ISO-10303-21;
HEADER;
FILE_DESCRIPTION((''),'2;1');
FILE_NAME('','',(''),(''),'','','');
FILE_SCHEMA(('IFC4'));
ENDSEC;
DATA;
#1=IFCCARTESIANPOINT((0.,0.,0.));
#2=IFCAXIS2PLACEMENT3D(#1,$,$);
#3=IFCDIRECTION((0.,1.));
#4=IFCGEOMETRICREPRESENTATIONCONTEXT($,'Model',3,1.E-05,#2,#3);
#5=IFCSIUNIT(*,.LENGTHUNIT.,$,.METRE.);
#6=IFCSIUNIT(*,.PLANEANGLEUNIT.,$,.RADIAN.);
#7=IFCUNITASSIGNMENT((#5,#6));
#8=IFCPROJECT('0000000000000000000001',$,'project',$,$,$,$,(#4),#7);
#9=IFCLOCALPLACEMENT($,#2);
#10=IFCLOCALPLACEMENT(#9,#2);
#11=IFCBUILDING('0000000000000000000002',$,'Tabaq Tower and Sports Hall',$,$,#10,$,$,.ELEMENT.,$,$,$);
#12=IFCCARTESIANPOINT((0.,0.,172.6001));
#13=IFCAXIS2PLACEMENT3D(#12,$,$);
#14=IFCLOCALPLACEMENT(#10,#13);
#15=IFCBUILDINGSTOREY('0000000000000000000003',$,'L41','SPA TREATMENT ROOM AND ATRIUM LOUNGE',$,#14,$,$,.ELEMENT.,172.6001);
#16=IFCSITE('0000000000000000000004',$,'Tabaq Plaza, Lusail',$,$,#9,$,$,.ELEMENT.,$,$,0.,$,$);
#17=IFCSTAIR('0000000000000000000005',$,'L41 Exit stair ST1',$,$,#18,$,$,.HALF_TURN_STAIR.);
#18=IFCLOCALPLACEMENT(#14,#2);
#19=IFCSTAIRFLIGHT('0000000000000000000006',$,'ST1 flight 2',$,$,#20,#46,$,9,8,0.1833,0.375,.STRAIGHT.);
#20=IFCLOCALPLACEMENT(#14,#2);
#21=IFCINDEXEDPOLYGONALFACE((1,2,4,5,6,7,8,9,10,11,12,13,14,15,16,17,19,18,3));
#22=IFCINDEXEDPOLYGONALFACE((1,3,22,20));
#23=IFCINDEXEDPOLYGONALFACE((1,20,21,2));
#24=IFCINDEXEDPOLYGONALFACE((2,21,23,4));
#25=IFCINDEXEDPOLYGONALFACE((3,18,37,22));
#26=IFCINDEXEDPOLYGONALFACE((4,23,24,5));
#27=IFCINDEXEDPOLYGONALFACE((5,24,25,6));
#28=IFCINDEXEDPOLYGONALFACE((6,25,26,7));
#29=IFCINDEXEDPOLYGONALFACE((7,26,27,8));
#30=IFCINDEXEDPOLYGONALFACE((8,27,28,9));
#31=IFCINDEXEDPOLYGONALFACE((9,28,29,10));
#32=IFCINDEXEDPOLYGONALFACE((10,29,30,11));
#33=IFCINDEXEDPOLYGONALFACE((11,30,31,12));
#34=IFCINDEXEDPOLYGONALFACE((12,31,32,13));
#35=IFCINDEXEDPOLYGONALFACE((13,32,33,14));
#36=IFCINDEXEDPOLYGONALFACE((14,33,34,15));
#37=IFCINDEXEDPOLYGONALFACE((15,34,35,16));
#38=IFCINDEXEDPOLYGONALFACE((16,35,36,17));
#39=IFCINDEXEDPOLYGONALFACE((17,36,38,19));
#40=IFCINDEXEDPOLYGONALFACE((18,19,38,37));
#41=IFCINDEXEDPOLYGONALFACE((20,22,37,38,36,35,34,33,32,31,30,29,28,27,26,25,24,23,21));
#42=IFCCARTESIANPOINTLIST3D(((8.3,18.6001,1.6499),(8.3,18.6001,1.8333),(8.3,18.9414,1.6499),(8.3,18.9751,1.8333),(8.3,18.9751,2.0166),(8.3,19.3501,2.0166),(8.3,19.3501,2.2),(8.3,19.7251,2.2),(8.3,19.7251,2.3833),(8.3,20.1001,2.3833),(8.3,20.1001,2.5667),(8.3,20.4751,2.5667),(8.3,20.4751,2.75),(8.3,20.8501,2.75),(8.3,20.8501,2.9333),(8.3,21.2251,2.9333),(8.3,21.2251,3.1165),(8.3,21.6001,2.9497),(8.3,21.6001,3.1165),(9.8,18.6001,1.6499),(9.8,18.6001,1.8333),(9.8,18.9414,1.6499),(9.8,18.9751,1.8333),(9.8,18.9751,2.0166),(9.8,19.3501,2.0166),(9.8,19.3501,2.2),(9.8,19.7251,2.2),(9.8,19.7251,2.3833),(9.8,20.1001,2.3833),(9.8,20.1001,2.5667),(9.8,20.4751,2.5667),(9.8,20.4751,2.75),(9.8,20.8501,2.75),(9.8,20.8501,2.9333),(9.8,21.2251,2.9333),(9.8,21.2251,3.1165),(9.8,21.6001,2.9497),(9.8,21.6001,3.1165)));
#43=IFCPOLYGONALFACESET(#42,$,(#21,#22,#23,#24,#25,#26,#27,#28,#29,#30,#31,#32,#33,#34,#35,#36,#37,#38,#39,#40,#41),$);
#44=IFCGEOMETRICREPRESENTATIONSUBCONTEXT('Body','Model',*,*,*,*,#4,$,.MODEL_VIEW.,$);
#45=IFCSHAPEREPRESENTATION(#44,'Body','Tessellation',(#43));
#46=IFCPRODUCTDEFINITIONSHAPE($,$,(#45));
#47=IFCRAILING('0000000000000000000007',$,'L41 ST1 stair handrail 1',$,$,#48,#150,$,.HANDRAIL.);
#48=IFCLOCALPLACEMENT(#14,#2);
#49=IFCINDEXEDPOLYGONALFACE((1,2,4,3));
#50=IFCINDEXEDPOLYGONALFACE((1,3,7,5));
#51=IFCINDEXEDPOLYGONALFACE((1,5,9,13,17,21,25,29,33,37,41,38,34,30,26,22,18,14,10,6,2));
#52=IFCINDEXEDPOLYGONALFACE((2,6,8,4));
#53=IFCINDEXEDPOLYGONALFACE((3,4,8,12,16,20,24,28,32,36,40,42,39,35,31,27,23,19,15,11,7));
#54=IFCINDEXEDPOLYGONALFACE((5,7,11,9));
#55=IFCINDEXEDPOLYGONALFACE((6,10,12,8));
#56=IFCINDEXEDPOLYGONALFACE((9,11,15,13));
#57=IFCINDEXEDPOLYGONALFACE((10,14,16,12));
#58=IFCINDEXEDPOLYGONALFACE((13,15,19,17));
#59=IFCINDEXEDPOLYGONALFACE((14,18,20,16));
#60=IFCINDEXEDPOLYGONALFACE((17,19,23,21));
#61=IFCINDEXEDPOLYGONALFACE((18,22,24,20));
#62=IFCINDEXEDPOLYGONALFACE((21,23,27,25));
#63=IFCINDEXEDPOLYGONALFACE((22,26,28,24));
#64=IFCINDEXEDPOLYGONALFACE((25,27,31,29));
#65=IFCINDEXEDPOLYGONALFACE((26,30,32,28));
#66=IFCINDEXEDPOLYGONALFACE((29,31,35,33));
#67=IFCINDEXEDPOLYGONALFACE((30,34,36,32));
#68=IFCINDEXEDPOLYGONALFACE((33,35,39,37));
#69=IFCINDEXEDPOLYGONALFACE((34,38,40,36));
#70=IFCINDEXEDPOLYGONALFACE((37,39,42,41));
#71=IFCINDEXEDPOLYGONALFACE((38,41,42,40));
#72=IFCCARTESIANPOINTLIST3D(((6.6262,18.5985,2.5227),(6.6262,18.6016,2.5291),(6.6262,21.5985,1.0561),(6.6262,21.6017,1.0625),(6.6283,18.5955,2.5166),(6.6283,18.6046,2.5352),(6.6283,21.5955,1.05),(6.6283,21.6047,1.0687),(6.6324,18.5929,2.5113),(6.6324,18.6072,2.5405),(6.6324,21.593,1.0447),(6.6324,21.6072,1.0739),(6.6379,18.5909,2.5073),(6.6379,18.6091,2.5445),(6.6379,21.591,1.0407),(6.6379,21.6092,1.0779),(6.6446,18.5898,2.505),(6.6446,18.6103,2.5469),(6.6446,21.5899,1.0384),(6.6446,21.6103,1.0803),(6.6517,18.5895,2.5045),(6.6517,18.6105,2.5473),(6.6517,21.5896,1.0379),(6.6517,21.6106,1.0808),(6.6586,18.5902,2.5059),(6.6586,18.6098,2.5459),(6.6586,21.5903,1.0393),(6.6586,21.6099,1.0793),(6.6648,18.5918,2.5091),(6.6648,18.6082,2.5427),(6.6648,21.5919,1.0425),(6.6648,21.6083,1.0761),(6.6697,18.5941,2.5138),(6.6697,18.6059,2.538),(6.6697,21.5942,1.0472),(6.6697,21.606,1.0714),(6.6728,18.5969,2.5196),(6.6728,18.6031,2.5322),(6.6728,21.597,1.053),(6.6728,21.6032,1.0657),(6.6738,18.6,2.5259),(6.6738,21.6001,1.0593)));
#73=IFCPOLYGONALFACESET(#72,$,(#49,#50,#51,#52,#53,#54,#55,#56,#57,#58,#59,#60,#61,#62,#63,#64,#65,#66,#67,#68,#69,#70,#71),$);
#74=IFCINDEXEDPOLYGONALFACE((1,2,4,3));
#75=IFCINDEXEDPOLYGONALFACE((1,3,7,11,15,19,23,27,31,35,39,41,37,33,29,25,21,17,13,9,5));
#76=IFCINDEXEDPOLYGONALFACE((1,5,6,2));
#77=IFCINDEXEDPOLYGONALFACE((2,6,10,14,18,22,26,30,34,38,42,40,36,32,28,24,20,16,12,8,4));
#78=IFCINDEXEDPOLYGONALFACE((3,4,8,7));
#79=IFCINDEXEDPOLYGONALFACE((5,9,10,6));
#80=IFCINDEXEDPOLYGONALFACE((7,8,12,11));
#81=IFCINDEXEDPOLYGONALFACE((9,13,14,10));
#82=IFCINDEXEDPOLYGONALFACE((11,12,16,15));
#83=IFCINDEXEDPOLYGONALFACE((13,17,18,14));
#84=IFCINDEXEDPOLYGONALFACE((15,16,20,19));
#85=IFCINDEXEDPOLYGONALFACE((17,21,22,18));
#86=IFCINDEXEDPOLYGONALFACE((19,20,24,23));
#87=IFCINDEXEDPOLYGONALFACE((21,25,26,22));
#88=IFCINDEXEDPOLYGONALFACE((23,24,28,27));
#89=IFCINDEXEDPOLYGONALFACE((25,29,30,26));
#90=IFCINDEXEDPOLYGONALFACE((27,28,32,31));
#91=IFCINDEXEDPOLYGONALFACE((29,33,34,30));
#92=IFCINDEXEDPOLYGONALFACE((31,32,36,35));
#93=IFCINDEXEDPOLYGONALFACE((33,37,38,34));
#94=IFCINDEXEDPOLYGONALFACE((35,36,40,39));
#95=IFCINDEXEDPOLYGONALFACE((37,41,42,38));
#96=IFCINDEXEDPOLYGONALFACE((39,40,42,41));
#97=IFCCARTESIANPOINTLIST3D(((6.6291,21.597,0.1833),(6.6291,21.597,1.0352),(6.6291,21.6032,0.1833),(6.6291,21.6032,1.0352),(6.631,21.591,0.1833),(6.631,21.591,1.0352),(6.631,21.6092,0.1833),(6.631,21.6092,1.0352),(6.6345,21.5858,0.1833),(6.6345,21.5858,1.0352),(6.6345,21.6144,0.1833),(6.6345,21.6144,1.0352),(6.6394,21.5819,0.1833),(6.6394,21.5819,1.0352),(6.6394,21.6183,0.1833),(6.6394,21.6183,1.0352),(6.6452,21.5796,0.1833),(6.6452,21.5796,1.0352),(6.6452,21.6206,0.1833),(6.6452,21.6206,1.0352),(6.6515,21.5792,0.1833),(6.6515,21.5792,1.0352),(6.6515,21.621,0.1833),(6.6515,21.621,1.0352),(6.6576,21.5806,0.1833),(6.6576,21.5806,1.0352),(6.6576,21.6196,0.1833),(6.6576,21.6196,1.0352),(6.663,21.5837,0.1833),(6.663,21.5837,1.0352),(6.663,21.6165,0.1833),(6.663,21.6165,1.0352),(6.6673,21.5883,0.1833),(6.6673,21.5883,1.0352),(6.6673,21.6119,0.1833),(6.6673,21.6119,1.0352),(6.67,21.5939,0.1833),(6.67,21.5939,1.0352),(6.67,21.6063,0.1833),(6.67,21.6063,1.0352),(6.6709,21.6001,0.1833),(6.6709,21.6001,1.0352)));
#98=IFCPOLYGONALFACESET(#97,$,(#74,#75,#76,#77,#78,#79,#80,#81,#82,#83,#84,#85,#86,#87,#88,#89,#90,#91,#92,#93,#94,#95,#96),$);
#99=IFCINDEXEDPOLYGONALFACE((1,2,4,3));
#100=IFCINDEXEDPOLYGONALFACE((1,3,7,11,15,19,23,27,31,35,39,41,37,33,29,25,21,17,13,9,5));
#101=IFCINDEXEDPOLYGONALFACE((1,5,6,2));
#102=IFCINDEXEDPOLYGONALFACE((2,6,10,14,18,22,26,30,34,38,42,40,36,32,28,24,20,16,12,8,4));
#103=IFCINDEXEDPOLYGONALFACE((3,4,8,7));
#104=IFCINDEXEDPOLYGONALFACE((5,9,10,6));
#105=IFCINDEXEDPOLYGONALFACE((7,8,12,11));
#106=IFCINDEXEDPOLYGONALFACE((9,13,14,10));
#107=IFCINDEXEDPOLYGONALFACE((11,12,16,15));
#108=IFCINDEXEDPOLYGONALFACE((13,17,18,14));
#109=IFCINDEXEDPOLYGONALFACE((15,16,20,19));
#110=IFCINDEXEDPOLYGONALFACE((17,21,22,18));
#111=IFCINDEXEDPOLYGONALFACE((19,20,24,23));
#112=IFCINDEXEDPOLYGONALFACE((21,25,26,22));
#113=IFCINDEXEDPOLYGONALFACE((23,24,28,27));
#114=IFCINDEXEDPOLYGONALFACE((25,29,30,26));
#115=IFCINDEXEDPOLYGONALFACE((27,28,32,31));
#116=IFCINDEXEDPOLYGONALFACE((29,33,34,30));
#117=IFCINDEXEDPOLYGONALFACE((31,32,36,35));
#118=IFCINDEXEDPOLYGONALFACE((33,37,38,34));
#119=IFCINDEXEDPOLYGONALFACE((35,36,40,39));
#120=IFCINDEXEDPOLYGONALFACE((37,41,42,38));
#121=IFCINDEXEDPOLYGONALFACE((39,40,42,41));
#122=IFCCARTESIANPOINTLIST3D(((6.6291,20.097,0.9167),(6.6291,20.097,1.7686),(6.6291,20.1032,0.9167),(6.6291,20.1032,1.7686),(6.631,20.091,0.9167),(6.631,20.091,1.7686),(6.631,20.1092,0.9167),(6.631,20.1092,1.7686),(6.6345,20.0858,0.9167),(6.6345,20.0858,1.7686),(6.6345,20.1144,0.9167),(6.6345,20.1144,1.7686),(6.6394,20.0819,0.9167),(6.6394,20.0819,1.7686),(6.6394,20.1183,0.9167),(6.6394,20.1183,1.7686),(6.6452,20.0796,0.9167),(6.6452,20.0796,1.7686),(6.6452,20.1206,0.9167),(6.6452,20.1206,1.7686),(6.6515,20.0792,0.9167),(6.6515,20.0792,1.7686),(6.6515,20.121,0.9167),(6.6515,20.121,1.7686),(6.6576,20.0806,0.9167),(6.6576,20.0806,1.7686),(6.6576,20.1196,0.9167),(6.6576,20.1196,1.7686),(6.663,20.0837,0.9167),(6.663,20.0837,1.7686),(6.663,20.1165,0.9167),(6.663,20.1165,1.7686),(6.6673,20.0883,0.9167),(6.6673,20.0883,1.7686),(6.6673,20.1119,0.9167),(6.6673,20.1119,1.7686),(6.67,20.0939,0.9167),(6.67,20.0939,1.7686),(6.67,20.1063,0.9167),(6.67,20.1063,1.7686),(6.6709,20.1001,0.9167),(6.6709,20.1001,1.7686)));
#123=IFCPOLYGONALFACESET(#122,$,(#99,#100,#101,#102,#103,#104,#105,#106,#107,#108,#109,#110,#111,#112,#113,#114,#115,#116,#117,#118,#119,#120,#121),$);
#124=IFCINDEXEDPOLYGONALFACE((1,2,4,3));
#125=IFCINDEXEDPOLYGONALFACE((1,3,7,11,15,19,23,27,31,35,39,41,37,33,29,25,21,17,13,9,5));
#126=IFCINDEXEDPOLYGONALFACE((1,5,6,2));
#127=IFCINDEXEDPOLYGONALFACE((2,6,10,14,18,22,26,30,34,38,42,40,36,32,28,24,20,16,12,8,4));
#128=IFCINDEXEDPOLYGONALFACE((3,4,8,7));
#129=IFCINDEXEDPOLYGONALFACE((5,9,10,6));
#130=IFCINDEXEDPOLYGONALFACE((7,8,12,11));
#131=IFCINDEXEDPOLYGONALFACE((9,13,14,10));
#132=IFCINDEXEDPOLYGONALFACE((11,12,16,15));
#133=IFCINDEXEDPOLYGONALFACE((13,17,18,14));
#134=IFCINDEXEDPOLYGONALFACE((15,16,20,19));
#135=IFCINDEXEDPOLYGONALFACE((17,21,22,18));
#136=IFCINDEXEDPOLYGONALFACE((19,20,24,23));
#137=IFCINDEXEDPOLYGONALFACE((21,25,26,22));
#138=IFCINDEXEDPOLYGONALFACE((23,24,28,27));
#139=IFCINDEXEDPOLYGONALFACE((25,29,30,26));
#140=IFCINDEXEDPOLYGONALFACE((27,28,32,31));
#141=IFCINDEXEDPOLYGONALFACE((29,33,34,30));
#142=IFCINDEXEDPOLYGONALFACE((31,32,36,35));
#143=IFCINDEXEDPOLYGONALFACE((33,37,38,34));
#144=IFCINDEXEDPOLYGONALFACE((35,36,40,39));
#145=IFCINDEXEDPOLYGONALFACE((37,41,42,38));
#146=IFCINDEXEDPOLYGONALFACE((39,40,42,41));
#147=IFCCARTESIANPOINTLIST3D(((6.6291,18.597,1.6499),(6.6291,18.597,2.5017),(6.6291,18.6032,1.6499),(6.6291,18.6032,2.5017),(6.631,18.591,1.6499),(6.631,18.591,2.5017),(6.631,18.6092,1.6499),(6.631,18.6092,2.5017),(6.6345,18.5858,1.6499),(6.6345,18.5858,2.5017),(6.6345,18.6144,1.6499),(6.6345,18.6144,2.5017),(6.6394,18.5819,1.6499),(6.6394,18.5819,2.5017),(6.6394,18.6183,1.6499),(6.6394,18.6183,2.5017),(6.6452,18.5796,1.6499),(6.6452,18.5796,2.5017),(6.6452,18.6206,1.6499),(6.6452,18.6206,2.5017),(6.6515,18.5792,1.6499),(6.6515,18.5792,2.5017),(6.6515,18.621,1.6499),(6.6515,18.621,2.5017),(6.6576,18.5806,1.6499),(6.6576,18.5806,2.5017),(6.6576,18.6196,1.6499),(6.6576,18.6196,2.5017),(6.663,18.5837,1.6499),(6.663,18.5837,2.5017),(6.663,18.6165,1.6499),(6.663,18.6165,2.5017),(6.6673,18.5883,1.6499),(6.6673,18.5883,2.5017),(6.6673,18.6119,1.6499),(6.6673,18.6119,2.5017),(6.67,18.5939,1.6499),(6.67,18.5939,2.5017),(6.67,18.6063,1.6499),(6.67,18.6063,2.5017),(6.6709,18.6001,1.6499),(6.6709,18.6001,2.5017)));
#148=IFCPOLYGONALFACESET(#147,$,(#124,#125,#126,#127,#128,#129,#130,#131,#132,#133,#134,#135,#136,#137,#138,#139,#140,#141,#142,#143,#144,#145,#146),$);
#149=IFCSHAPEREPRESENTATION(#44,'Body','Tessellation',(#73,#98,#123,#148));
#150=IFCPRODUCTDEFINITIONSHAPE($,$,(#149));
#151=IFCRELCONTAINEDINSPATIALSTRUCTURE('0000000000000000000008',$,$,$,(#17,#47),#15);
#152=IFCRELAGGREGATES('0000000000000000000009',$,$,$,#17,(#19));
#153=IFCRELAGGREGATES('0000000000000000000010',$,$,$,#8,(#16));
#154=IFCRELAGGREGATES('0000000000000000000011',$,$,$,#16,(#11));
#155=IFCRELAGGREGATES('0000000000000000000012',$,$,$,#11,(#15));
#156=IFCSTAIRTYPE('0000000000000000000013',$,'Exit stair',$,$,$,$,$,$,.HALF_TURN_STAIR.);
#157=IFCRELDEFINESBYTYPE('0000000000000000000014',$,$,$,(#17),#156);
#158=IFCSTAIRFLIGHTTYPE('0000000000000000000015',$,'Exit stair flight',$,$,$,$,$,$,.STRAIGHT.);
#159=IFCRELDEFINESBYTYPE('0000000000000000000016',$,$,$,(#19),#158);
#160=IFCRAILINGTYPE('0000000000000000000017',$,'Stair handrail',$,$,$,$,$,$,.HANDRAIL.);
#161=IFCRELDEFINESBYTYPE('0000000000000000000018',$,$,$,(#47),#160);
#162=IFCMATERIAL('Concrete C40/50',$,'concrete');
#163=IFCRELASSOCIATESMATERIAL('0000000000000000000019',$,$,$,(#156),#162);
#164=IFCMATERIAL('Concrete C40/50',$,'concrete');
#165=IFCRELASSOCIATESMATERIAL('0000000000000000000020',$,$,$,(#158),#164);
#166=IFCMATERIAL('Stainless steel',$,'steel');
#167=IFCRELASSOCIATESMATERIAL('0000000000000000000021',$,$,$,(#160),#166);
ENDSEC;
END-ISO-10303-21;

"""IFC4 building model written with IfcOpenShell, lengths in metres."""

from ifc_helpers import new_model, si_unit, direction, frame, origin, origin_2d, place, context, subcontext, project, spatial, polyline, circle, outline, extrude, material, type_object, element, aggregate, save


model = new_model("IFC4")

# Units and contexts
model_context = context("Model", 3, precision=1e-05, world=origin(), true_north=direction((0.0, 1.0)))
body_context = subcontext(model_context, "Body", "Model", "MODEL_VIEW")
ifc_project = project(units=[si_unit("LENGTHUNIT", "METRE"), si_unit("PLANEANGLEUNIT", "RADIAN")], contexts=[model_context])

# Site, building, storey
site_placement = place(None, origin())
site = spatial("IfcSite", under=ifc_project, at=site_placement, Name="Tabaq Plaza, Lusail", CompositionType="ELEMENT", RefElevation=0.0)
building_placement = place(site_placement, origin())
building = spatial("IfcBuilding", under=site, at=building_placement, Name="Tabaq Tower and Sports Hall", CompositionType="ELEMENT")
storey_placement = place(building_placement, frame((0.0, 0.0, 172.6001)))
storey = spatial("IfcBuildingStorey", under=building, at=storey_placement, Name="L41", Description="SPA TREATMENT ROOM AND ATRIUM LOUNGE", CompositionType="ELEMENT", Elevation=172.6001)

# Stair, stair flight
ifc_material_1 = material(Name="Concrete C40/50", Category="concrete")
stair_type = type_object("IfcStairType", Name="Exit stair", PredefinedType="HALF_TURN_STAIR", material=ifc_material_1)
stair_placement = place(storey_placement, origin())
stair = element("IfcStair", 1, at=stair_placement, inside=storey, type_object=stair_type, Name="L41 Exit stair ST1", PredefinedType="HALF_TURN_STAIR")
ifc_material_2 = material(Name="Concrete C40/50", Category="concrete")
stair_flight_type = type_object("IfcStairFlightType", Name="Exit stair flight", PredefinedType="STRAIGHT", material=ifc_material_2)
stair_flight_1_placement = place(storey_placement, frame((9.05, 18.6001, 1.6499), z_axis=(0.0, 0.0, 1.0), x_axis=(0.0, 1.0, 0.0)))
stair_flight_1 = element("IfcStairFlight", 2, at=stair_flight_1_placement, type_object=stair_flight_type, Name="ST1 flight 2", NumberOfRisers=9, NumberOfTreads=8, PredefinedType="STRAIGHT", RiserHeight=0.1833, TreadLength=0.375, context=body_context, shape_type="SweptSolid", body=[
    extrude(outline(polyline([(0.0, 0.0), (0.0, 0.1833), (0.375, 0.1833), (0.375, 0.3667), (0.75, 0.3667), (0.75, 0.55), (1.125, 0.55), (1.125, 0.7334), (1.5, 0.7334), (1.5, 0.9167), (1.875, 0.9167), (1.875, 1.1001), (2.25, 1.1001), (2.25, 1.2834), (2.625, 1.2834), (2.625, 1.4666), (3.0, 1.4666), (3.0, 1.6499), (3.0, 1.2998), (0.3413, 0.0), (0.0, 0.0)])), frame((0.0, 0.75, 0.0), z_axis=(0.0, -1.0, 0.0), x_axis=(1.0, 0.0, 0.0)), (0.0, 0.0, 1.0), 1.5),
])
aggregate(stair, [stair_flight_1])

# Railing
ifc_material_3 = material(Name="Stainless steel", Category="steel")
railing_type = type_object("IfcRailingType", Name="Stair handrail", PredefinedType="HANDRAIL", material=ifc_material_3)
railing_1_placement = place(storey_placement, frame((6.6499, 21.6001, 0.1833)))
element("IfcRailing", 3, at=railing_1_placement, inside=storey, type_object=railing_type, Name="L41 ST1 stair handrail 1", PredefinedType="HANDRAIL", context=body_context, shape_type="SweptSolid", body=[
    extrude(circle(Radius=0.0239, at=origin_2d()), frame((0.0, 0.0, 0.876), z_axis=(0.0, -0.898398, 0.439183), x_axis=(1.0, 0.0, 0.0)), (0.0, 0.0, 1.0), 3.3394),
    extrude(circle(Radius=0.021, at=origin_2d()), origin(), (0.0, 0.0, 1.0), 0.8518),
    extrude(circle(Radius=0.021, at=origin_2d()), frame((0.0, -1.5, 0.7334)), (0.0, 0.0, 1.0), 0.8518),
    extrude(circle(Radius=0.021, at=origin_2d()), frame((0.0, -3.0, 1.4666)), (0.0, 0.0, 1.0), 0.8518),
])

save(model, "model.ifc")
